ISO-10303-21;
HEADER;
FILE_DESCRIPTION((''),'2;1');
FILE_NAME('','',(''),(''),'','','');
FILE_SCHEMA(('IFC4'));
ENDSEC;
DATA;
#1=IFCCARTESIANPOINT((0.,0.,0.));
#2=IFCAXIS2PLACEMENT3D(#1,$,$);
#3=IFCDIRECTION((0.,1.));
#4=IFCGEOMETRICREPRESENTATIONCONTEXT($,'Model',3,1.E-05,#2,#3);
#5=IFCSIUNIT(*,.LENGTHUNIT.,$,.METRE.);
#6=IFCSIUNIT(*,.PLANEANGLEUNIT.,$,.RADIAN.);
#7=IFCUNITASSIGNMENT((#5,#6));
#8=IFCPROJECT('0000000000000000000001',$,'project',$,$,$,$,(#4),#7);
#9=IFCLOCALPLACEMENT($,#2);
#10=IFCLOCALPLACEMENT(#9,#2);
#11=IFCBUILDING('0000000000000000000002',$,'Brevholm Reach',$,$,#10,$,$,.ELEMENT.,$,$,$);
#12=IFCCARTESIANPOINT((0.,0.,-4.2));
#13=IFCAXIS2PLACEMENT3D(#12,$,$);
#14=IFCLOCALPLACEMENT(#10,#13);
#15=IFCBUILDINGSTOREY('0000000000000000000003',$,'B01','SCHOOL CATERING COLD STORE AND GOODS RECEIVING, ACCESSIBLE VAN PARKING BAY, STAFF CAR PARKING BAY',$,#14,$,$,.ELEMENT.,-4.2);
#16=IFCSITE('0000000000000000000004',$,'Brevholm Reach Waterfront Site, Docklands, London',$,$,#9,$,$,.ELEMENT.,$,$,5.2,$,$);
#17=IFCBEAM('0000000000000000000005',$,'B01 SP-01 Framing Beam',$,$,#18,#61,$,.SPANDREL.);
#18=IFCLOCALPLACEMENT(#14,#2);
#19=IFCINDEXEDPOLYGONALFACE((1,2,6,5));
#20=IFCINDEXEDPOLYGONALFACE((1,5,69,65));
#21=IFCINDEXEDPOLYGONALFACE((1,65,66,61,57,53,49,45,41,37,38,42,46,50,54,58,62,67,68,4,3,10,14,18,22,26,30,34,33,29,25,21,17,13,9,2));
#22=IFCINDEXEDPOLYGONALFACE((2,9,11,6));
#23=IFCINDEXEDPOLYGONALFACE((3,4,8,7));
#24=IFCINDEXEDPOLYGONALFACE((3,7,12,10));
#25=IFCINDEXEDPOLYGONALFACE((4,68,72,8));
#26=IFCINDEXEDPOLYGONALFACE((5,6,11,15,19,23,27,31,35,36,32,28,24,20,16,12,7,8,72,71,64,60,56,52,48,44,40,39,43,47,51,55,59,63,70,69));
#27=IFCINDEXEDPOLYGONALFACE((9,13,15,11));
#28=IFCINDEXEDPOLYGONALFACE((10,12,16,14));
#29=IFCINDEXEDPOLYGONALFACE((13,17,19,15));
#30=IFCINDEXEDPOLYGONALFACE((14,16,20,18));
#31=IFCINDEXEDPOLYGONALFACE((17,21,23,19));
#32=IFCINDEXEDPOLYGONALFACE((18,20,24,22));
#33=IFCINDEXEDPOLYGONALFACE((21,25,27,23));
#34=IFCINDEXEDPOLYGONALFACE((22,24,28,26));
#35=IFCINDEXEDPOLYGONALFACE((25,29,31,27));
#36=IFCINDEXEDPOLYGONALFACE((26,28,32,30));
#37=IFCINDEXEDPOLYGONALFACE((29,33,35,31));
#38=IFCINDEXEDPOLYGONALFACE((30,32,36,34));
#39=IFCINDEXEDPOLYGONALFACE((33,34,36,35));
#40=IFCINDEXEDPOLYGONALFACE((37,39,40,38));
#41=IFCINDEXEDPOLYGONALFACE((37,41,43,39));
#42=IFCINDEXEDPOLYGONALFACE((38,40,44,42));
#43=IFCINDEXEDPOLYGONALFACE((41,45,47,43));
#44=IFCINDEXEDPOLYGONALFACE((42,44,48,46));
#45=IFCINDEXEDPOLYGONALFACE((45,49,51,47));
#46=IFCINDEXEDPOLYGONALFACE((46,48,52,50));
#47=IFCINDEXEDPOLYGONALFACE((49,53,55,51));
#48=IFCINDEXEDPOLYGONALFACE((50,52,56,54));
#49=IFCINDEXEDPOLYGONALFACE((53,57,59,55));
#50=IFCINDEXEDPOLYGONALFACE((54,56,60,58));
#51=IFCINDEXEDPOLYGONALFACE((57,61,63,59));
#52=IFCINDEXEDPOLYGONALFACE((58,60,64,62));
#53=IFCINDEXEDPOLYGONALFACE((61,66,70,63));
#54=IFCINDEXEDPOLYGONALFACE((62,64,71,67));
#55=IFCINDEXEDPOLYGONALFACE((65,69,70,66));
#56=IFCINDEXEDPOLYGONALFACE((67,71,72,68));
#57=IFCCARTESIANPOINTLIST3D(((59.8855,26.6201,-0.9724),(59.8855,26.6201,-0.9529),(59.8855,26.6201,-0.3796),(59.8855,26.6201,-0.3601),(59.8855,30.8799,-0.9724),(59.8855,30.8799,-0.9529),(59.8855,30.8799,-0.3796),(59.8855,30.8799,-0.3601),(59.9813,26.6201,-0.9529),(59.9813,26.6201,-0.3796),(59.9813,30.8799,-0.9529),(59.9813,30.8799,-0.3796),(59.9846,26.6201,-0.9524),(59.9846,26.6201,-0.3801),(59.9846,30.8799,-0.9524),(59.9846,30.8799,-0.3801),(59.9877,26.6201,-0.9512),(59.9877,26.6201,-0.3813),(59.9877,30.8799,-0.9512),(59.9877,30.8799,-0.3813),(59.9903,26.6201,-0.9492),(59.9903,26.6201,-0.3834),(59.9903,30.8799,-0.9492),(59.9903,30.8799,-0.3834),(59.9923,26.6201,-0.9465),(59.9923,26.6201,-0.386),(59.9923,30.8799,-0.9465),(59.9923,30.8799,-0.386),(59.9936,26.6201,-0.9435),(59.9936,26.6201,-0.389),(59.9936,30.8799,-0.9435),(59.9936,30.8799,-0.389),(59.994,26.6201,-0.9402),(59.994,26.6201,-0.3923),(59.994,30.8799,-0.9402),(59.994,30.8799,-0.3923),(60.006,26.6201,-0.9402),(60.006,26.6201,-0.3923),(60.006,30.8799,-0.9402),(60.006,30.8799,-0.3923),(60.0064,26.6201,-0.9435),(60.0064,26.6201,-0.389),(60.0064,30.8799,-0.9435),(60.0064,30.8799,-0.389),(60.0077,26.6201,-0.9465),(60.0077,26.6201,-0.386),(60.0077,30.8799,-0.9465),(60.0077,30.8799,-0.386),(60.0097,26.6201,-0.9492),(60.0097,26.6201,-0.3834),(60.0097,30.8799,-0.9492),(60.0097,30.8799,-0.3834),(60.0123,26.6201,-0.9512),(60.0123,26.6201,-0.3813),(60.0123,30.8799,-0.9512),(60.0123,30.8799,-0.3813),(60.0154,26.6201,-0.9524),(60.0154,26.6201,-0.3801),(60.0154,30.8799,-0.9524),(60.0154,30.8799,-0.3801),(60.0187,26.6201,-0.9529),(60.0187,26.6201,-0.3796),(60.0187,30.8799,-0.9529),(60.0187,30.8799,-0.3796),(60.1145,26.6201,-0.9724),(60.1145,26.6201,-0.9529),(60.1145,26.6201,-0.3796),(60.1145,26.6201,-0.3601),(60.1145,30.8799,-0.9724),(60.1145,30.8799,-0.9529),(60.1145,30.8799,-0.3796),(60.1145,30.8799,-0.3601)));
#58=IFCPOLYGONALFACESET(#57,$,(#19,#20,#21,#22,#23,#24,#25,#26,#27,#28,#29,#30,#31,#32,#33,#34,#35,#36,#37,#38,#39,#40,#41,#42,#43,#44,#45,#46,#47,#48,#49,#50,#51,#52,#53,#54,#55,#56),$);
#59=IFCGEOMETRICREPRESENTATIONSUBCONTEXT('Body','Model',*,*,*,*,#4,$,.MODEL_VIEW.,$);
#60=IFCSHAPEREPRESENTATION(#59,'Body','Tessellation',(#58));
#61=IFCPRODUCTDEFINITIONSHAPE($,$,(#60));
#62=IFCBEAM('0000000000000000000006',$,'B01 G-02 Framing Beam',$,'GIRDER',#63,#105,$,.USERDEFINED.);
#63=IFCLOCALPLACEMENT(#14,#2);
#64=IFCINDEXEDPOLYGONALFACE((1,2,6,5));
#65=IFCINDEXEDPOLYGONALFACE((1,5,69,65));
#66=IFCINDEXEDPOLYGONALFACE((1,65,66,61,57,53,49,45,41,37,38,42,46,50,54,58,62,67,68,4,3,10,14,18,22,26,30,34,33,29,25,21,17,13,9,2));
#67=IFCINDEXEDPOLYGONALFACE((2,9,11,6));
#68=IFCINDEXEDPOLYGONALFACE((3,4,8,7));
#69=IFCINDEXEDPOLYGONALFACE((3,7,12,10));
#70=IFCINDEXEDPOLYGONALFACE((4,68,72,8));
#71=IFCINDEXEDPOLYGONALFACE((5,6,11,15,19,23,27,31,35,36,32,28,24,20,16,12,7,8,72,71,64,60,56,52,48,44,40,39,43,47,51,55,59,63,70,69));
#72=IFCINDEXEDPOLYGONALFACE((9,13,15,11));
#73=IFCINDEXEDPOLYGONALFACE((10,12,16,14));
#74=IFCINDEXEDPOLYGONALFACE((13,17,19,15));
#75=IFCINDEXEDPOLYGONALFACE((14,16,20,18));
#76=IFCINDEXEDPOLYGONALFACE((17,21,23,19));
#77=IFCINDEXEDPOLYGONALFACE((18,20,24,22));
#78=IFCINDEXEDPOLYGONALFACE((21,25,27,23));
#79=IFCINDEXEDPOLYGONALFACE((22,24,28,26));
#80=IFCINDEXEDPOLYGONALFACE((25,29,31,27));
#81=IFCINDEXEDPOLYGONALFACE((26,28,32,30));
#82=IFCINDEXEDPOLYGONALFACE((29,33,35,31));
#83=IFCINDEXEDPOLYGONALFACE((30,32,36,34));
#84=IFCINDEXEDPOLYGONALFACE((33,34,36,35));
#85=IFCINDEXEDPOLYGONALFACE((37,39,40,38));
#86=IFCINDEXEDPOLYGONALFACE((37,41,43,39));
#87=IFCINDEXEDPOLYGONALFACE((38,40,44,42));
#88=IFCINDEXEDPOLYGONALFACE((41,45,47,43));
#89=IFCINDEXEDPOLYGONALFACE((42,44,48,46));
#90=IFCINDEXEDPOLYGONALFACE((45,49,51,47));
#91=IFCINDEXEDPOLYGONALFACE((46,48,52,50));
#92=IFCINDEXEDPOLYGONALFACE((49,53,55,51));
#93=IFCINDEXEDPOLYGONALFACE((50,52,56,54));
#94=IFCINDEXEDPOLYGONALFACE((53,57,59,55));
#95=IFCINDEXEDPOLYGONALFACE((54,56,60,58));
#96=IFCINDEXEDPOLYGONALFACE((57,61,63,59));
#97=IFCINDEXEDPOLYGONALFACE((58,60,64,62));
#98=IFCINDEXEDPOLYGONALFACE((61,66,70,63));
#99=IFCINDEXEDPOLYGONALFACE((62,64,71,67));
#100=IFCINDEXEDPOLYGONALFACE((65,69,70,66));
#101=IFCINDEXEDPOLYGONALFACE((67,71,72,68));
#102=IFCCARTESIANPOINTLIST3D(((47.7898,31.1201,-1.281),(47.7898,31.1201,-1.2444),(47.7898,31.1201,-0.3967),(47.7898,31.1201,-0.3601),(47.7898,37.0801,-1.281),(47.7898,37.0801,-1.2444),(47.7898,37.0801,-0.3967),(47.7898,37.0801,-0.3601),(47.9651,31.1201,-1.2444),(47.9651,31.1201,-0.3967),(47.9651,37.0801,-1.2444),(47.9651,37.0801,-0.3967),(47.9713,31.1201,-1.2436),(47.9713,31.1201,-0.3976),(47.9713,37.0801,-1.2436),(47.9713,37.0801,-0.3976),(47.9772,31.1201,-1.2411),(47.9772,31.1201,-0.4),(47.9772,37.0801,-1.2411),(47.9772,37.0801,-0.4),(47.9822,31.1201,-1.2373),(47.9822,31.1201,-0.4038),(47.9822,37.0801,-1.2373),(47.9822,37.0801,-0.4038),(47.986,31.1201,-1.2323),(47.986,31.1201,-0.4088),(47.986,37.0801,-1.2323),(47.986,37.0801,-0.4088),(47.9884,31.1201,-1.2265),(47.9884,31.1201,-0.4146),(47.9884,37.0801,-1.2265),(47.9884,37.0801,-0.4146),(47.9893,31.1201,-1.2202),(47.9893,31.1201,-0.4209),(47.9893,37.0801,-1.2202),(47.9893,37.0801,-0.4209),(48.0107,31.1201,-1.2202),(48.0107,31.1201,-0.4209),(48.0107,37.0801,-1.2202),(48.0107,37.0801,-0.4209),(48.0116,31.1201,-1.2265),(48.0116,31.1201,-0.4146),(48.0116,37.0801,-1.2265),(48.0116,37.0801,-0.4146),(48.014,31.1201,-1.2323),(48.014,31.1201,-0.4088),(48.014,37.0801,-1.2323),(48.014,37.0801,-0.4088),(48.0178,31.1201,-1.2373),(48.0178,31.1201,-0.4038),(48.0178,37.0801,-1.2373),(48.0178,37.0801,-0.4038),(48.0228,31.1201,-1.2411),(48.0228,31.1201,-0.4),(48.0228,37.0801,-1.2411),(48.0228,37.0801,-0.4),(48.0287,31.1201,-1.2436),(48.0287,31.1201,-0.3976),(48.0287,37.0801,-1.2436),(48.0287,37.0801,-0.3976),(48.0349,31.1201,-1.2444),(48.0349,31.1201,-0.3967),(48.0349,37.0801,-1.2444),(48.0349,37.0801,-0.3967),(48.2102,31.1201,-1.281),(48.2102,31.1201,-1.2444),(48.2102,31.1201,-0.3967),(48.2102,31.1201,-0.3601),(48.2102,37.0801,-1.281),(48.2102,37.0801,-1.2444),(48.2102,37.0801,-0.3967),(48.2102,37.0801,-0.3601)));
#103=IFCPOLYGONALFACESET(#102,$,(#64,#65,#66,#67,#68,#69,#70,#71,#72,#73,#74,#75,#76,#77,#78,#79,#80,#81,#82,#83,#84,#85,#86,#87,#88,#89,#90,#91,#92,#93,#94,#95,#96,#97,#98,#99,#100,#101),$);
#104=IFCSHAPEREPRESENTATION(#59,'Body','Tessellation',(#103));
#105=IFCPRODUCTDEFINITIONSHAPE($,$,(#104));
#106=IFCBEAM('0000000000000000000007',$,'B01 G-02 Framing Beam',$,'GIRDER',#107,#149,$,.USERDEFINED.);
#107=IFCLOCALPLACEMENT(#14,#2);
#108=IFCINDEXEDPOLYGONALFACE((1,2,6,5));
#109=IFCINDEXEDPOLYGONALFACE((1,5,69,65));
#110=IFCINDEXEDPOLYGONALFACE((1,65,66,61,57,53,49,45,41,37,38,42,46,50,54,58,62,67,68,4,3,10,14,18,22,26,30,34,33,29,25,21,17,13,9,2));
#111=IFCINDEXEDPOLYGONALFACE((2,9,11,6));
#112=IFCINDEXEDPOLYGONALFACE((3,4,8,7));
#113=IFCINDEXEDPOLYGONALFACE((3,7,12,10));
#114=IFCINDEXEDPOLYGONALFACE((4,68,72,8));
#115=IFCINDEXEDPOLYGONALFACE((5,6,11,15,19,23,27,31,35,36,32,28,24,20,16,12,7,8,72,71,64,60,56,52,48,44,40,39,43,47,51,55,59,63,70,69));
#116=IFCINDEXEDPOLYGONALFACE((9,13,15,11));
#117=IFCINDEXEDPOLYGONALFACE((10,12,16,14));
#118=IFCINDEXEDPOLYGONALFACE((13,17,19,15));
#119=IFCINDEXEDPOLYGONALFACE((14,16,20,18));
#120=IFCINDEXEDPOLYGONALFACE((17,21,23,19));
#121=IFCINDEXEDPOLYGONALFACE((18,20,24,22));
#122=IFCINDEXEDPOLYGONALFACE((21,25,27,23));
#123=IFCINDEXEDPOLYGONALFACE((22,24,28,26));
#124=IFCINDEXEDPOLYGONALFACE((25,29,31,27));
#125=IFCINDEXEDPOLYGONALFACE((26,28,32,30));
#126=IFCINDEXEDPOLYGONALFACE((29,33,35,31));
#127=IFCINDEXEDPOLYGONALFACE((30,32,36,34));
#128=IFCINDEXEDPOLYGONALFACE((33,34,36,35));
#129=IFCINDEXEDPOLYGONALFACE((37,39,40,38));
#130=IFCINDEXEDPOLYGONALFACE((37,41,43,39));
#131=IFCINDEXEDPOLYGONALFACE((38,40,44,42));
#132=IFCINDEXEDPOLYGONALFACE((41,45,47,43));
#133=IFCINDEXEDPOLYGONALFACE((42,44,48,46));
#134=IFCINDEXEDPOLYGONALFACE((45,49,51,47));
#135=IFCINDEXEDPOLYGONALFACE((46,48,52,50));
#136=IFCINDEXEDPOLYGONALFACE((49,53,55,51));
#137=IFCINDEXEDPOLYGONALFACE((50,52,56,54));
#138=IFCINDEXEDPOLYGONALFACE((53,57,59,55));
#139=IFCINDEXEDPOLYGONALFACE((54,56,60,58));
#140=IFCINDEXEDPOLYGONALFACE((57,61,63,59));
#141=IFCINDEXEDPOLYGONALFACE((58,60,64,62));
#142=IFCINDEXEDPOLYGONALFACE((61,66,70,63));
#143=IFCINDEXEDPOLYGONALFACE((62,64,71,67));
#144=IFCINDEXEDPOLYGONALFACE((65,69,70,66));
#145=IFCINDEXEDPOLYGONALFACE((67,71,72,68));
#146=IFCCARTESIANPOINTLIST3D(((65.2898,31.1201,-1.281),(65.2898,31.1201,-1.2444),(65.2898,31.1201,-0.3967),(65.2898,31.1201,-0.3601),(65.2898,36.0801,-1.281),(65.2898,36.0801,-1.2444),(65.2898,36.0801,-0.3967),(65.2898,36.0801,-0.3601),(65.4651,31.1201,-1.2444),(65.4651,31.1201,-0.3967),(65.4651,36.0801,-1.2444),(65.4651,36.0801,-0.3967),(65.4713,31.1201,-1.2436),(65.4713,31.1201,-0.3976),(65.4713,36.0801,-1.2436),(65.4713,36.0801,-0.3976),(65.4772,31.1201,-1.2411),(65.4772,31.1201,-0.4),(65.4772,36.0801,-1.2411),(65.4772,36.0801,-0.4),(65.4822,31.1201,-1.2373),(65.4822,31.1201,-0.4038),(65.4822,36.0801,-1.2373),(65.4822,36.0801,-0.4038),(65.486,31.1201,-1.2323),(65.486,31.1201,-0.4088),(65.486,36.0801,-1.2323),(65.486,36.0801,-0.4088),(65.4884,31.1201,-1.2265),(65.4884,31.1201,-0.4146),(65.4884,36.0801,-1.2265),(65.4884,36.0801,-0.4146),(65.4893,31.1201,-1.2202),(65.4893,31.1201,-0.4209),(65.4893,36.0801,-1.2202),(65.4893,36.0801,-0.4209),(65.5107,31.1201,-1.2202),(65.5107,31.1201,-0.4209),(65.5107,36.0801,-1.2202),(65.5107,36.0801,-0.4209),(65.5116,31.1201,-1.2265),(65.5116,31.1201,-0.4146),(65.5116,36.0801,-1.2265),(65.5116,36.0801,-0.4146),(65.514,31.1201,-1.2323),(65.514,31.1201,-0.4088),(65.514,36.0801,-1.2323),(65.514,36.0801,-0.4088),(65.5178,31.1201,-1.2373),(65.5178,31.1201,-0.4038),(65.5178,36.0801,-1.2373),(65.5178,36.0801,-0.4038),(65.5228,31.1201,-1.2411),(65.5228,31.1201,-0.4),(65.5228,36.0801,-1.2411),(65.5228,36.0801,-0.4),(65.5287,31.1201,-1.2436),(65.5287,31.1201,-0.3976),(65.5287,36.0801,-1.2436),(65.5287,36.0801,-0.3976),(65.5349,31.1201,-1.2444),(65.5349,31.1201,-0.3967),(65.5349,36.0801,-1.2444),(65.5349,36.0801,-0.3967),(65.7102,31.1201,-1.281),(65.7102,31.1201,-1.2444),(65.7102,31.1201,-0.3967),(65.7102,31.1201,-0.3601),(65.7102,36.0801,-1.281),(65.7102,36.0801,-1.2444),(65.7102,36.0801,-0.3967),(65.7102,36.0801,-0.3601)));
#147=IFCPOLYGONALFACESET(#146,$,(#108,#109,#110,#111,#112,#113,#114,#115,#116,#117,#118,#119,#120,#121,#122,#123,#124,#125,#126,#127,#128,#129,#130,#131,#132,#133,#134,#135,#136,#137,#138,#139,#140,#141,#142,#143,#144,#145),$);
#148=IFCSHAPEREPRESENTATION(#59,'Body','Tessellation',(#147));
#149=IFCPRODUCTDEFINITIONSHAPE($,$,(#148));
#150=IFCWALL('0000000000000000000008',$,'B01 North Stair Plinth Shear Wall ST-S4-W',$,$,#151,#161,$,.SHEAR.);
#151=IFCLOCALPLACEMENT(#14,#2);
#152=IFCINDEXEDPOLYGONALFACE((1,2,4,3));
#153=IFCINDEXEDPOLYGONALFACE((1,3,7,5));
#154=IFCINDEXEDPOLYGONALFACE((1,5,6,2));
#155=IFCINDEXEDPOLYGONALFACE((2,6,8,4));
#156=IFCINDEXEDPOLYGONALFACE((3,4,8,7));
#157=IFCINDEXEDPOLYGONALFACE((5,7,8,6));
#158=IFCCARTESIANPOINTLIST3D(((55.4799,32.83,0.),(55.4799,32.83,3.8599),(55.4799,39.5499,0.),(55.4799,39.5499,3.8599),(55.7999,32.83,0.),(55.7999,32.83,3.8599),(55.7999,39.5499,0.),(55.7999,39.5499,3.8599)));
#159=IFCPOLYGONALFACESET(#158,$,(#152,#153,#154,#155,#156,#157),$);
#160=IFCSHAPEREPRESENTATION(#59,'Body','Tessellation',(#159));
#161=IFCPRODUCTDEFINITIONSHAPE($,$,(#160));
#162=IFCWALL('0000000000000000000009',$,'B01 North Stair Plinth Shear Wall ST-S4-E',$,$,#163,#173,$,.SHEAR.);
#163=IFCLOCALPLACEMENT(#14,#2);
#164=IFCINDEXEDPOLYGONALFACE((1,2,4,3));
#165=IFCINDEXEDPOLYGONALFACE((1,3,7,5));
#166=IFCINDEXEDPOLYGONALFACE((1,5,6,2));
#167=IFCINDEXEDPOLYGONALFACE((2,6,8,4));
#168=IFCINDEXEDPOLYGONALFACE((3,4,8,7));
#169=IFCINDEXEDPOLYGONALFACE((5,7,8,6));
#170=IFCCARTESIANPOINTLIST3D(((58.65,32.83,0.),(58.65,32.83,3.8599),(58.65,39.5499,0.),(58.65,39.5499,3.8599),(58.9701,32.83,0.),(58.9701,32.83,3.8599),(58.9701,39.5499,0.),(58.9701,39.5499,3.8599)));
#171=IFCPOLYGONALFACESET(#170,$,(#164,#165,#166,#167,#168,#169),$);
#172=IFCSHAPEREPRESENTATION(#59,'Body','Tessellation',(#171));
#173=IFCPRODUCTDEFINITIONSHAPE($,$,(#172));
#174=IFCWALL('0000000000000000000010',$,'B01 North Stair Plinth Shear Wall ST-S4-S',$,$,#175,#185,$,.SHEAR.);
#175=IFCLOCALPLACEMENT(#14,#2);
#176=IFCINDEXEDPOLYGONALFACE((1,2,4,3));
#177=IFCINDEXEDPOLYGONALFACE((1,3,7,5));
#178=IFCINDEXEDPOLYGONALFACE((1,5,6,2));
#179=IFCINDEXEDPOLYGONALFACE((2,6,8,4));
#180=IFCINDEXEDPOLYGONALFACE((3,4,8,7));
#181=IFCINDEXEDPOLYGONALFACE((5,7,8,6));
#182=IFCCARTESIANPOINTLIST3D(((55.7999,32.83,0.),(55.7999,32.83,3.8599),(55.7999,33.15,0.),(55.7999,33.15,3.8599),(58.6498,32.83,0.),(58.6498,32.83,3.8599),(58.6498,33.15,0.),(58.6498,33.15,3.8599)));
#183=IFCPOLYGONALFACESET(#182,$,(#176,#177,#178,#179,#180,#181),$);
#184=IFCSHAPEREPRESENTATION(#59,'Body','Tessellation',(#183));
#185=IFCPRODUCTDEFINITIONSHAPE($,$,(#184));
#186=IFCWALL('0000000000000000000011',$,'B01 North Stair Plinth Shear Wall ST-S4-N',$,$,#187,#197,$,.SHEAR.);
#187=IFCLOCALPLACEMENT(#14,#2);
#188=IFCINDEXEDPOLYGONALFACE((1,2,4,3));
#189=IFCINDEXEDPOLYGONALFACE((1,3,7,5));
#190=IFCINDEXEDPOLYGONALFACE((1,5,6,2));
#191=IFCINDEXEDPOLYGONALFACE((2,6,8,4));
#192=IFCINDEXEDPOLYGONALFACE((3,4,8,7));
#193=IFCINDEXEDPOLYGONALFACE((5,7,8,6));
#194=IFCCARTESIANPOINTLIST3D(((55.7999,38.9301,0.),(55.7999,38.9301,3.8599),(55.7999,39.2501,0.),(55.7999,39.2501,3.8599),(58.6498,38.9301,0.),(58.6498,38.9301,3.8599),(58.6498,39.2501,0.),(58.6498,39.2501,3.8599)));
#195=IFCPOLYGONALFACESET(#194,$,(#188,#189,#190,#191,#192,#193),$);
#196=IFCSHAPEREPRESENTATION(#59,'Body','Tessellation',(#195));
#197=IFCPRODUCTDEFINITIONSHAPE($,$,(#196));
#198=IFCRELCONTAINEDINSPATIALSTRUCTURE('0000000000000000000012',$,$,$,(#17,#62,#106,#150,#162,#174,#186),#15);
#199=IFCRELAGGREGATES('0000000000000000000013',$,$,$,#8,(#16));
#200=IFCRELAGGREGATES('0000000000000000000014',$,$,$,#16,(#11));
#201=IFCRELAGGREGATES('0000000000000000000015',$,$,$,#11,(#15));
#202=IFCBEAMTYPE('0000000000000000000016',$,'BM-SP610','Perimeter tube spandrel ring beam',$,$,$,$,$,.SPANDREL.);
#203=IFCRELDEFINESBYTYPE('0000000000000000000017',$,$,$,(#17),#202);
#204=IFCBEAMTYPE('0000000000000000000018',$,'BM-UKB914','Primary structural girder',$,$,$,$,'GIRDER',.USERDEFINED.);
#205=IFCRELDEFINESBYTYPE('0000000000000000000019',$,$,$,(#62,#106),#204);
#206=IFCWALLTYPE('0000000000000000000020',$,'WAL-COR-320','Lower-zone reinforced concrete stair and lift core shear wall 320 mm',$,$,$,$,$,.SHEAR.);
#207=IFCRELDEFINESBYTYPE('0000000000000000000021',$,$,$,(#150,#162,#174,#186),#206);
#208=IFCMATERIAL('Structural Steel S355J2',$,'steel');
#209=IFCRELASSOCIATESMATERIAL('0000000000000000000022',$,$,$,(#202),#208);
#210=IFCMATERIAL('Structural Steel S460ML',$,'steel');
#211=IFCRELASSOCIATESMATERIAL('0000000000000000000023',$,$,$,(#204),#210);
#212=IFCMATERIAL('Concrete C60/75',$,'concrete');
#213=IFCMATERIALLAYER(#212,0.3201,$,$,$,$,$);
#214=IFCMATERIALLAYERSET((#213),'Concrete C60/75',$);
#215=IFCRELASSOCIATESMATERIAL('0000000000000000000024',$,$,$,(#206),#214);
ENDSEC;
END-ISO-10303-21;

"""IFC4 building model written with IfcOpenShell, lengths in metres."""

from ifc_helpers import new_model, si_unit, direction, frame, frame_2d, origin, origin_2d, place, context, subcontext, project, spatial, rectangle, i_section, extrude, material, layer, layer_set, material_profile, profile_set, type_object, element, save


model = new_model("IFC4")

# Units and contexts
model_context = context("Model", 3, precision=1e-05, world=origin(), true_north=direction((0.0, 1.0)))
body_context = subcontext(model_context, "Body", "Model", "MODEL_VIEW")
ifc_project = project(units=[si_unit("LENGTHUNIT", "METRE"), si_unit("PLANEANGLEUNIT", "RADIAN")], contexts=[model_context])

# Site, building, storey
site_placement = place(None, origin())
site = spatial("IfcSite", under=ifc_project, at=site_placement, Name="Brevholm Reach Waterfront Site, Docklands, London", CompositionType="ELEMENT", RefElevation=5.2)
building_placement = place(site_placement, origin())
building = spatial("IfcBuilding", under=site, at=building_placement, Name="Brevholm Reach", CompositionType="ELEMENT")
storey_placement = place(building_placement, frame((0.0, 0.0, -4.2)))
storey = spatial("IfcBuildingStorey", under=building, at=storey_placement, Name="B01", Description="SCHOOL CATERING COLD STORE AND GOODS RECEIVING, ACCESSIBLE VAN PARKING BAY, STAFF CAR PARKING BAY", CompositionType="ELEMENT", Elevation=-4.2)

# Beams
ifc_material_1 = material(Name="Structural Steel S355J2", Category="steel")
ifc_material_profile_1 = material_profile(ifc_material_1, i_section(OverallWidth=0.229, OverallDepth=0.6123, WebThickness=0.012, FlangeThickness=0.0195, FilletRadius=0.0127, at=origin_2d()), Name="UKB 610x229x125")
ifc_profile_set_1 = profile_set([ifc_material_profile_1], Name="Structural Steel S355J2")
beam_type_1 = type_object("IfcBeamType", Name="BM-SP610", Description="Perimeter tube spandrel ring beam", PredefinedType="SPANDREL", material=ifc_profile_set_1)
beam_1_placement = place(storey_placement, frame((60.0, 26.6201, -0.6663), z_axis=(0.0, 1.0, 0.0), x_axis=(-1.0, 0.0, 0.0)))
element("IfcBeam", 1, at=beam_1_placement, inside=storey, type_object=beam_type_1, Name="B01 SP-01 Framing Beam", PredefinedType="SPANDREL", context=body_context, shape_type="SweptSolid", body=[
    extrude(i_section(OverallWidth=0.229, OverallDepth=0.6123, WebThickness=0.012, FlangeThickness=0.0195, FilletRadius=0.0127, at=origin_2d()), origin(), (0.0, 0.0, 1.0), 4.2598),
])
ifc_material_2 = material(Name="Structural Steel S460ML", Category="steel")
ifc_material_profile_2 = material_profile(ifc_material_2, i_section(OverallWidth=0.4204, OverallDepth=0.9209, WebThickness=0.0215, FlangeThickness=0.0366, FilletRadius=0.0242, at=origin_2d()), Name="UKB 914x419x388")
ifc_profile_set_2 = profile_set([ifc_material_profile_2], Name="Structural Steel S460ML")
beam_type_2 = type_object("IfcBeamType", Name="BM-UKB914", Description="Primary structural girder", ElementType="GIRDER", PredefinedType="USERDEFINED", material=ifc_profile_set_2)
beam_2_placement = place(storey_placement, frame((48.0, 31.1201, -0.8206), z_axis=(0.0, 1.0, 0.0), x_axis=(-1.0, 0.0, 0.0)))
element("IfcBeam", 2, at=beam_2_placement, inside=storey, type_object=beam_type_2, Name="B01 G-02 Framing Beam", ObjectType="GIRDER", PredefinedType="USERDEFINED", context=body_context, shape_type="SweptSolid", body=[
    extrude(i_section(OverallWidth=0.4204, OverallDepth=0.9209, WebThickness=0.0215, FlangeThickness=0.0366, FilletRadius=0.0242, at=origin_2d()), origin(), (0.0, 0.0, 1.0), 5.96),
])
beam_3_placement = place(storey_placement, frame((65.5, 31.1201, -0.8206), z_axis=(0.0, 1.0, 0.0), x_axis=(-1.0, 0.0, 0.0)))
element("IfcBeam", 3, at=beam_3_placement, inside=storey, type_object=beam_type_2, Name="B01 G-02 Framing Beam", ObjectType="GIRDER", PredefinedType="USERDEFINED", context=body_context, shape_type="SweptSolid", body=[
    extrude(i_section(OverallWidth=0.4204, OverallDepth=0.9209, WebThickness=0.0215, FlangeThickness=0.0366, FilletRadius=0.0242, at=origin_2d()), origin(), (0.0, 0.0, 1.0), 4.96),
])

# Walls
ifc_material_3 = material(Name="Concrete C60/75", Category="concrete")
ifc_layer_1 = layer(ifc_material_3, 0.3201)
ifc_layer_set_1 = layer_set([ifc_layer_1], Name="Concrete C60/75")
wall_type_1 = type_object("IfcWallType", Name="WAL-COR-320", Description="Lower-zone reinforced concrete stair and lift core shear wall 320 mm", PredefinedType="SHEAR", material=ifc_layer_set_1)
for number, where, z_axis, x_axis, name in (
    (4, (55.6399, 32.8301, 0.0), (0.0, 0.0, 1.0), (0.0, 1.0, 0.0), "B01 North Stair Plinth Shear Wall ST-S4-W"),
    (5, (58.8101, 32.8301, 0.0), (0.0, 0.0, 1.0), (0.0, 1.0, 0.0), "B01 North Stair Plinth Shear Wall ST-S4-E"),
):
    element("IfcWall", number, at=place(storey_placement, frame(where, z_axis=z_axis, x_axis=x_axis)), inside=storey, type_object=wall_type_1, Name=name, PredefinedType="SHEAR", context=body_context, shape_type="SweptSolid", body=[
        extrude(rectangle(XDim=6.72, YDim=0.3201, at=frame_2d((3.3599, 0.0))), origin(), (0.0, 0.0, 1.0), 3.8599),
    ])
for number, where, z_axis, x_axis, name in (
    (6, (55.8, 32.99, 0.0), (0.0, 0.0, 1.0), (1.0, 0.0, 0.0), "B01 North Stair Plinth Shear Wall ST-S4-S"),
    (7, (55.8, 39.0901, 0.0), (0.0, 0.0, 1.0), (1.0, 0.0, 0.0), "B01 North Stair Plinth Shear Wall ST-S4-N"),
):
    element("IfcWall", number, at=place(storey_placement, frame(where, z_axis=z_axis, x_axis=x_axis)), inside=storey, type_object=wall_type_1, Name=name, PredefinedType="SHEAR", context=body_context, shape_type="SweptSolid", body=[
        extrude(rectangle(XDim=2.8499, YDim=0.3201, at=frame_2d((1.4248, 0.0))), origin(), (0.0, 0.0, 1.0), 3.8599),
    ])

save(model, "model.ifc")
